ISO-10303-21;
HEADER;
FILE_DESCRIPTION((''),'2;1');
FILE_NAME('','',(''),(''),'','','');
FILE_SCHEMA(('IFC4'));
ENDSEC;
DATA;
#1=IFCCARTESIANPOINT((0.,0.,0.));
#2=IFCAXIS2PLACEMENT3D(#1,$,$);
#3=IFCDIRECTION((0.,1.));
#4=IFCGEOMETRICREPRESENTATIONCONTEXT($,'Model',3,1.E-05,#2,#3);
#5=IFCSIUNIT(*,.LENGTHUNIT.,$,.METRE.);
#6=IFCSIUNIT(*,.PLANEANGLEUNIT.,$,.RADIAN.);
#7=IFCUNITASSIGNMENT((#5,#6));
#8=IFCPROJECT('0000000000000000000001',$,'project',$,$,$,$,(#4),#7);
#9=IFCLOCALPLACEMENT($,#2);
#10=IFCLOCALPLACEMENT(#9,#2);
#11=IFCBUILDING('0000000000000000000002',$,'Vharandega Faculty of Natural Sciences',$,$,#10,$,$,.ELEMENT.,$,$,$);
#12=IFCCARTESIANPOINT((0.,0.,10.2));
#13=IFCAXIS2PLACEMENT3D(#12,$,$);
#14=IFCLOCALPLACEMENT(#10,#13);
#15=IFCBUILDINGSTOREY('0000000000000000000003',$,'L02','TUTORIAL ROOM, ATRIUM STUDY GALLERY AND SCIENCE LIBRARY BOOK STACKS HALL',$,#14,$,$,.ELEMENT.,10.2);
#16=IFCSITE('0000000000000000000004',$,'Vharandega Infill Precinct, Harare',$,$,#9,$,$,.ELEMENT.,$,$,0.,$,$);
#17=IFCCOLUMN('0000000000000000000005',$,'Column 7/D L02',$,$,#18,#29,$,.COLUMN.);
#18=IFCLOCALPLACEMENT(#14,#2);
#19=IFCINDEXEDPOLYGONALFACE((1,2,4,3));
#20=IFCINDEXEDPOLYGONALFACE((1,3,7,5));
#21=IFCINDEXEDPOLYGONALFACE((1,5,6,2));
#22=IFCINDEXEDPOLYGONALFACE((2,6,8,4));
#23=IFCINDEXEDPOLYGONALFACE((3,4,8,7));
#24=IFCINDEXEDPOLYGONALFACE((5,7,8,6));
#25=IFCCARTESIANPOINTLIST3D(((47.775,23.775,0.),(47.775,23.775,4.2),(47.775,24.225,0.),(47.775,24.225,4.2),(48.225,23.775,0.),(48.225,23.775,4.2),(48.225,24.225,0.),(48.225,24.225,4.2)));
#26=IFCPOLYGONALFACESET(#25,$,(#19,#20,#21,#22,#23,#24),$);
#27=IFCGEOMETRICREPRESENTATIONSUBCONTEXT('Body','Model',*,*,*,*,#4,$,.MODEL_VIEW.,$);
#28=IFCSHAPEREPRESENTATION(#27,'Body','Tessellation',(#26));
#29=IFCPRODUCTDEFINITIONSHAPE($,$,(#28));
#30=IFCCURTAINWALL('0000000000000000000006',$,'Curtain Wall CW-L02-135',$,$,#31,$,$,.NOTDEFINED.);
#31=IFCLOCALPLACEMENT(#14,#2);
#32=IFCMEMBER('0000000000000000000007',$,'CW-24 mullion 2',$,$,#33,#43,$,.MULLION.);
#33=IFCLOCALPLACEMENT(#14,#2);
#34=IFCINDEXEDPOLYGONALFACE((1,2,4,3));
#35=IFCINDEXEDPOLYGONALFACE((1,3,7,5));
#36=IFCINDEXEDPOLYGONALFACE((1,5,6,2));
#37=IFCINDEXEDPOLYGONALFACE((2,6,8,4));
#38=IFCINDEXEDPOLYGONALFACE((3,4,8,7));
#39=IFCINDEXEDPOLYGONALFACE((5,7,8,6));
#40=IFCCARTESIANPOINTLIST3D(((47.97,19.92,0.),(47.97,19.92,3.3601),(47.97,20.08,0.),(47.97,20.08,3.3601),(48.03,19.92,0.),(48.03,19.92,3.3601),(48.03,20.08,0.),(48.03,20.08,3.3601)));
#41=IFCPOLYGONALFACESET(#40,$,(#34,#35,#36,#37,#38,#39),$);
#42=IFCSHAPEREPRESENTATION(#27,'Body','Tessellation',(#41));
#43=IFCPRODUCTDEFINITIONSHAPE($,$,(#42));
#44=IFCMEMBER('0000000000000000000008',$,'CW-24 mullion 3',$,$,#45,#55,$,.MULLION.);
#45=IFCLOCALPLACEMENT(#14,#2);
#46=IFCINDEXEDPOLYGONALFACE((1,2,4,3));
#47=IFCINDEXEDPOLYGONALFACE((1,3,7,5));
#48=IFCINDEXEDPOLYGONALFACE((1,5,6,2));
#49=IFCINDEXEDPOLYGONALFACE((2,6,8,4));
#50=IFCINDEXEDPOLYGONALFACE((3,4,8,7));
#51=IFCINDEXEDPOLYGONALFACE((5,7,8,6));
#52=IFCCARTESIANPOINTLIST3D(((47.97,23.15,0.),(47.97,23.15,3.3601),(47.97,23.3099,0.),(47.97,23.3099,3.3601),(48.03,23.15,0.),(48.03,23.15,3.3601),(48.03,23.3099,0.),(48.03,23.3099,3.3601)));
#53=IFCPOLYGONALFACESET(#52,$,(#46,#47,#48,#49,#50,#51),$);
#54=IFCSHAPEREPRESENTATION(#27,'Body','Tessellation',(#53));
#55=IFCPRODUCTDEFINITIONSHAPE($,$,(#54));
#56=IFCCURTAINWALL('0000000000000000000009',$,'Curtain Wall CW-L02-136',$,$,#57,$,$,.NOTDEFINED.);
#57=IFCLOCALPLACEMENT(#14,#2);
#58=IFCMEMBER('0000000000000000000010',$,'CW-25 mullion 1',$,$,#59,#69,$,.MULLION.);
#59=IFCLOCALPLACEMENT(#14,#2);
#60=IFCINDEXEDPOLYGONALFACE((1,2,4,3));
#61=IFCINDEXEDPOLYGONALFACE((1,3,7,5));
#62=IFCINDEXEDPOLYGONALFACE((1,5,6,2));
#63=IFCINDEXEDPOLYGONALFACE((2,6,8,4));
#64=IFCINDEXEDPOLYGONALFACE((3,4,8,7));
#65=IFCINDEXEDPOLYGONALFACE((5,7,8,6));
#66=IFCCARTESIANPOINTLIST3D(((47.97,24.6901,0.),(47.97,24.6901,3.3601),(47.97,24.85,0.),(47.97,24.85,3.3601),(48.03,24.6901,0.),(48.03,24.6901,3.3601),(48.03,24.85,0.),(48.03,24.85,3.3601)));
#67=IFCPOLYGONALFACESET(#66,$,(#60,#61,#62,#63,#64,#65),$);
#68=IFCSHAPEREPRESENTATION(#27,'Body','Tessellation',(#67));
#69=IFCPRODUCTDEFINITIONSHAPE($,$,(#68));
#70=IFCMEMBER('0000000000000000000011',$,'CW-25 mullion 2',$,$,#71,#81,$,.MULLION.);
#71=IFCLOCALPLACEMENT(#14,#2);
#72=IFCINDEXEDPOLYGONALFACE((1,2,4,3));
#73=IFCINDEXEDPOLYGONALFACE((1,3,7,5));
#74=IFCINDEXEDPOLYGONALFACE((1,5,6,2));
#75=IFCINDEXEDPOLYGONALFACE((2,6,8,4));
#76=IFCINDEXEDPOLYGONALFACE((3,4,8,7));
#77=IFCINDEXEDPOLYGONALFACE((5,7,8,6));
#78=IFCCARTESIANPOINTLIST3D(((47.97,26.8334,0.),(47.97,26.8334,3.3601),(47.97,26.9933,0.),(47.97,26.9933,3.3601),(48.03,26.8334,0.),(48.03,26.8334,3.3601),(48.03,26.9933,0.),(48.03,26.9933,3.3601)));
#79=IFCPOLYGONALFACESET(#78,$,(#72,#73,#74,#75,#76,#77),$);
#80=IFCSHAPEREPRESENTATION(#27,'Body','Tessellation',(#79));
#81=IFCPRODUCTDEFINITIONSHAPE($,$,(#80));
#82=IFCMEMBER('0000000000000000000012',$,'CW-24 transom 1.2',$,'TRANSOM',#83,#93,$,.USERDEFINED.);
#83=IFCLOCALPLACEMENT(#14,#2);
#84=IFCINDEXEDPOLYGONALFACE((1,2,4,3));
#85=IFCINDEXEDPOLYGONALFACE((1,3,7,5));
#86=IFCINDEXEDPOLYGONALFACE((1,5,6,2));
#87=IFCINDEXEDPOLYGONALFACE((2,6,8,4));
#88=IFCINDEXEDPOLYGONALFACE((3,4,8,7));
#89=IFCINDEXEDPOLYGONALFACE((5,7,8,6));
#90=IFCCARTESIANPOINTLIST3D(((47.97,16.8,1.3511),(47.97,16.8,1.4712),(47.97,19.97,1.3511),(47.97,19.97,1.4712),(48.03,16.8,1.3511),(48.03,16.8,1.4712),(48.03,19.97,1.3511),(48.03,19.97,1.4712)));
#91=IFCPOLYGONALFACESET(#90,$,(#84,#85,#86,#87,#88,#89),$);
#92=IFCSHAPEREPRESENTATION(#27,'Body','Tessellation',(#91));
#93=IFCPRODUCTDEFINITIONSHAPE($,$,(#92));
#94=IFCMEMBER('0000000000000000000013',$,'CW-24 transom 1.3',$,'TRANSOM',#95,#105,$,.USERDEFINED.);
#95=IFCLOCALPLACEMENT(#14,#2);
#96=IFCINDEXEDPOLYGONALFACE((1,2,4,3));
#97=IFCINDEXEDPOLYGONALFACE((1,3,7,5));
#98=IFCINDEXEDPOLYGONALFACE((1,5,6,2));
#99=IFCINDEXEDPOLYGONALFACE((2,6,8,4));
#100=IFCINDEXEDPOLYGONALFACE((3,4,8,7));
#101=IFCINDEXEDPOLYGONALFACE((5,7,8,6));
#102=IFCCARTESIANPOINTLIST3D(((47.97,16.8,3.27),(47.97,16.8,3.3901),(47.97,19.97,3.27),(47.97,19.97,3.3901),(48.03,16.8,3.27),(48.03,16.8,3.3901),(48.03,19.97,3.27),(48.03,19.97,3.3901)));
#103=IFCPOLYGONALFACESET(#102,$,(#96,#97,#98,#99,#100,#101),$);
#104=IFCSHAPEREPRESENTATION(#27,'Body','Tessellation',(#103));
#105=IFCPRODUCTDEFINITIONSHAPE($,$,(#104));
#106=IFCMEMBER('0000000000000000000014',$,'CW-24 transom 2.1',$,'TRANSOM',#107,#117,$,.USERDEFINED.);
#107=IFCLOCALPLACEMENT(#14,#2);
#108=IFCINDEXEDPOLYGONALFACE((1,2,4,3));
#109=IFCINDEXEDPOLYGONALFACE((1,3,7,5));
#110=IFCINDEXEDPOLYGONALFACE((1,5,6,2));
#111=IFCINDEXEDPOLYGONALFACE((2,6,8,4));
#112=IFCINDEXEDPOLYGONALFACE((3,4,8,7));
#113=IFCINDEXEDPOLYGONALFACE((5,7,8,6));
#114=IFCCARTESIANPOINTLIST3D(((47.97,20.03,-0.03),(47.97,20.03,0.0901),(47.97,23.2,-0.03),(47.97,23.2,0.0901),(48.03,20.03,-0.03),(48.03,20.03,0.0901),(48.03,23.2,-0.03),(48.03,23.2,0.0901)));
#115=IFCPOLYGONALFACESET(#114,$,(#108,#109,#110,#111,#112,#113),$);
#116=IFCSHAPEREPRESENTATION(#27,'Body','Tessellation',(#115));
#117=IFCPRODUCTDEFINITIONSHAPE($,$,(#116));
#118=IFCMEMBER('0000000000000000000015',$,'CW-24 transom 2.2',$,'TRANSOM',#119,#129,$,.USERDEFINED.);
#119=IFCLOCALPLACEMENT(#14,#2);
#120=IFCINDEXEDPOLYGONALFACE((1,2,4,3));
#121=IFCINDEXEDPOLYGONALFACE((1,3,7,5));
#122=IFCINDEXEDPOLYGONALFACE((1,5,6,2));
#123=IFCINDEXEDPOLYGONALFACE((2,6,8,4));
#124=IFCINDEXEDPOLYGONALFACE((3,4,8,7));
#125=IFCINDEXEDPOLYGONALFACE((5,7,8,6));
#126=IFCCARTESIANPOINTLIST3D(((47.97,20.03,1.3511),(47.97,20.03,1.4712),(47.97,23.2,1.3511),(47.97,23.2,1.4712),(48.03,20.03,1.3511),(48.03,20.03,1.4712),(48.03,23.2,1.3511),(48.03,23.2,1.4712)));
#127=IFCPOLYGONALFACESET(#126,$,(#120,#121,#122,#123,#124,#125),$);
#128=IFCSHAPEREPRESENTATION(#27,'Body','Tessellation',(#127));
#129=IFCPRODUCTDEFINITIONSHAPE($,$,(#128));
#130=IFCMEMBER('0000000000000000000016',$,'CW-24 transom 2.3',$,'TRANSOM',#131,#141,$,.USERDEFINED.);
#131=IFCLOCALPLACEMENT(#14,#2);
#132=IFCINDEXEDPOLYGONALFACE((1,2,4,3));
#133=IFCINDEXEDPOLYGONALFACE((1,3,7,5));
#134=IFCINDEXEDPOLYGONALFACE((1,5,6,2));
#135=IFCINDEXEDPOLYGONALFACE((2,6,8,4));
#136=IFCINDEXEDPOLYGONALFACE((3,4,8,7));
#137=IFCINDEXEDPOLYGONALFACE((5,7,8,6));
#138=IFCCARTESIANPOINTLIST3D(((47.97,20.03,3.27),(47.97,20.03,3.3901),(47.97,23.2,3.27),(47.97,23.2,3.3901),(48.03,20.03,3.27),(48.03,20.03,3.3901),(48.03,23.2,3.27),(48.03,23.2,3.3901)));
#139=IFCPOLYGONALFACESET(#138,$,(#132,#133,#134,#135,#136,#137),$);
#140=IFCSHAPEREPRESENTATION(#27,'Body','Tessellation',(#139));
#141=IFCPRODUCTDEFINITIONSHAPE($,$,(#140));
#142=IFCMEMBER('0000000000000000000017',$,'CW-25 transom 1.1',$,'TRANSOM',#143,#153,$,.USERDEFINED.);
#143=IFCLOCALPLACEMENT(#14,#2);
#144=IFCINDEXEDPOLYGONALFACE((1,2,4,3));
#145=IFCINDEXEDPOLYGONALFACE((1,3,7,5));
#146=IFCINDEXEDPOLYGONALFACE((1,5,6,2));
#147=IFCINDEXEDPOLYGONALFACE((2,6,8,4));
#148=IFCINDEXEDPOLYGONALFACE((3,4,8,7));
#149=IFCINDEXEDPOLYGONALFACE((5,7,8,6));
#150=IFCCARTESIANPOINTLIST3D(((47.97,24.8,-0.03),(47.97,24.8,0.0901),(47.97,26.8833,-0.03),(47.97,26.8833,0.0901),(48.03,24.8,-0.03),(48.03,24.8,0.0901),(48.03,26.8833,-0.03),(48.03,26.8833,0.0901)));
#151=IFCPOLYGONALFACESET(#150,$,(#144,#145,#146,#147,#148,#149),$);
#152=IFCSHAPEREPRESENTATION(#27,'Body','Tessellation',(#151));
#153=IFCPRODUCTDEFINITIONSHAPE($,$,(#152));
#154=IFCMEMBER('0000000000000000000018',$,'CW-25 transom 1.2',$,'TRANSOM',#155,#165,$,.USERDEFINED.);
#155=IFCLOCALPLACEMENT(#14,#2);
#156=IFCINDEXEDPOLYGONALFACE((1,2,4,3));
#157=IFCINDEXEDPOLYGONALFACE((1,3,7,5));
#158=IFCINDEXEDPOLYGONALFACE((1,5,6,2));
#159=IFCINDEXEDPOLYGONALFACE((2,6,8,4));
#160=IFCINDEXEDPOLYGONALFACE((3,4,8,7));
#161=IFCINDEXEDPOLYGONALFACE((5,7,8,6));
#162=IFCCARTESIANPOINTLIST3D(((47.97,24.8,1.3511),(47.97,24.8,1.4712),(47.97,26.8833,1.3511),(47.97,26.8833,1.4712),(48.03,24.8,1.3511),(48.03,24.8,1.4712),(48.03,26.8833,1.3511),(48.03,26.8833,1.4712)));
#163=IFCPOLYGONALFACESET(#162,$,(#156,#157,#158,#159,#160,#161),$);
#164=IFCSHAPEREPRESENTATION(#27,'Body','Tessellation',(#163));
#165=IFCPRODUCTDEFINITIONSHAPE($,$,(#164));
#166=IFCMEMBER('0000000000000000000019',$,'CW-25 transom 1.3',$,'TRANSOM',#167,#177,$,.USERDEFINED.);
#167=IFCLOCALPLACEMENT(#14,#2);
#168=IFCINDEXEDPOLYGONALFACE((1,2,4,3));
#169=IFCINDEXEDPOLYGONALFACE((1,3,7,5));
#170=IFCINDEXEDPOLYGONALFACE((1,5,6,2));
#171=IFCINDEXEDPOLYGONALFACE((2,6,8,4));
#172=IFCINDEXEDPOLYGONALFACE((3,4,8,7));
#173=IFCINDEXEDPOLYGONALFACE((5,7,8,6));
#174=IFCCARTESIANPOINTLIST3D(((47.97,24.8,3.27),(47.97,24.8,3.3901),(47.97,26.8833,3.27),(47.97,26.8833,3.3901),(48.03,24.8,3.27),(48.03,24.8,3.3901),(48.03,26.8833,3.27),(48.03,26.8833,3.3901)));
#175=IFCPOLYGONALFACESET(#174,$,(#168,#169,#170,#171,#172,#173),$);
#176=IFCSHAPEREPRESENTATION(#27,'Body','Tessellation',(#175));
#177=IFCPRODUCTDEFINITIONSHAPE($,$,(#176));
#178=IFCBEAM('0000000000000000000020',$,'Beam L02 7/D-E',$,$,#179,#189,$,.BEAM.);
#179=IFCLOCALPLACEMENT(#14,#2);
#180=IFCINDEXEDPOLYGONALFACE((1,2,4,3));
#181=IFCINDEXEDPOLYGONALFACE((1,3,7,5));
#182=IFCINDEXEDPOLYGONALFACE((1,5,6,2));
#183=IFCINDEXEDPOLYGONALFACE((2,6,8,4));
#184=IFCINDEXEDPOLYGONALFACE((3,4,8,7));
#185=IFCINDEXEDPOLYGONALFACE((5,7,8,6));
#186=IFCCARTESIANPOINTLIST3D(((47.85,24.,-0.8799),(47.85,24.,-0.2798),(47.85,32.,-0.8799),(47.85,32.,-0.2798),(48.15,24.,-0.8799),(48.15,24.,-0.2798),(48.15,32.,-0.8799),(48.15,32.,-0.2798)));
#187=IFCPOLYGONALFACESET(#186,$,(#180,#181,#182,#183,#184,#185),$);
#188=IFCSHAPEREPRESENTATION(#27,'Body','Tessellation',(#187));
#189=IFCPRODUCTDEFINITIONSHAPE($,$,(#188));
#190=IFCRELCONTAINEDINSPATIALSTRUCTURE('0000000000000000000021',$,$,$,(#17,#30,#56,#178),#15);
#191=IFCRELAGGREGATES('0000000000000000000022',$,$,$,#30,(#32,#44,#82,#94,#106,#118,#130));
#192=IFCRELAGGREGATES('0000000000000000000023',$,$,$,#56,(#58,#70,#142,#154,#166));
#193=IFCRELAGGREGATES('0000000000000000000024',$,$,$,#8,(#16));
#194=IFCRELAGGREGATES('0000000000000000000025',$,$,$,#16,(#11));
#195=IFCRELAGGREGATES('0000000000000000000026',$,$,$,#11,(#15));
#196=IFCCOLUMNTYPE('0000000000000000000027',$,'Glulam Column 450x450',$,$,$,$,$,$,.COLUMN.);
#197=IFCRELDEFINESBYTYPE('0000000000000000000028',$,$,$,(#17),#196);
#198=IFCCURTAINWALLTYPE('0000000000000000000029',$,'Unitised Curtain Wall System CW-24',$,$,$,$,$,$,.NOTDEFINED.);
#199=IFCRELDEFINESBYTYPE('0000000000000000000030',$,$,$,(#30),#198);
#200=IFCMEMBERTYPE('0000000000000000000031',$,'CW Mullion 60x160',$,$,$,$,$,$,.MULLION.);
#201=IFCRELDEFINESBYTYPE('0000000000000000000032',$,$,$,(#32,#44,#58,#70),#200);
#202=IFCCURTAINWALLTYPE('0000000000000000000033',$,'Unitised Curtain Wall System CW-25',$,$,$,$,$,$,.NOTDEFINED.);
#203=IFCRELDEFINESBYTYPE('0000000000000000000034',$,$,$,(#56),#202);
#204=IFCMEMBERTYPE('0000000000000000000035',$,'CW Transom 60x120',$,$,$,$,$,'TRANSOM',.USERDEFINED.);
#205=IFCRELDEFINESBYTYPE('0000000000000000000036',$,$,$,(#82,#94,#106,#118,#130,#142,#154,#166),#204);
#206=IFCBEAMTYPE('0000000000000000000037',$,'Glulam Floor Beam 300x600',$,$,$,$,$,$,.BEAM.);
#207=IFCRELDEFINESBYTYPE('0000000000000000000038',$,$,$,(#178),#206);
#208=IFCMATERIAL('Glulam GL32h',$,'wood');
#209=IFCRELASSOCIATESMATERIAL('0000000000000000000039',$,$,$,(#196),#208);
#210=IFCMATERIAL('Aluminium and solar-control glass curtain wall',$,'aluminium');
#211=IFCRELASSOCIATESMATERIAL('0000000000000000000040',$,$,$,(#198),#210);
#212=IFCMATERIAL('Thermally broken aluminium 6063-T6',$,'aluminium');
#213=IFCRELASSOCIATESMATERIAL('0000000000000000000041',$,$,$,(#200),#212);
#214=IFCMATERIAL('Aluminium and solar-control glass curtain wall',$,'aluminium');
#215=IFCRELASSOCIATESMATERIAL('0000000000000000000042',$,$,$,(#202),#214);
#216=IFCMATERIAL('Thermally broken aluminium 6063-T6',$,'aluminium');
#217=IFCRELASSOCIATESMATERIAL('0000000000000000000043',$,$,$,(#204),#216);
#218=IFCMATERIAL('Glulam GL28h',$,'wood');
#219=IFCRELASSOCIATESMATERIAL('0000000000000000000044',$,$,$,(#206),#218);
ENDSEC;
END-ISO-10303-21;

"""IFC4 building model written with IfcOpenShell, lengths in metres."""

from ifc_helpers import new_model, si_unit, direction, frame, origin, origin_2d, place, context, subcontext, project, spatial, rectangle, extrude, material, material_profile, profile_set, type_object, element, aggregate, save


model = new_model("IFC4")

# Units and contexts
model_context = context("Model", 3, precision=1e-05, world=origin(), true_north=direction((0.0, 1.0)))
body_context = subcontext(model_context, "Body", "Model", "MODEL_VIEW")
ifc_project = project(units=[si_unit("LENGTHUNIT", "METRE"), si_unit("PLANEANGLEUNIT", "RADIAN")], contexts=[model_context])

# Site, building, storey
site_placement = place(None, origin())
site = spatial("IfcSite", under=ifc_project, at=site_placement, Name="Vharandega Infill Precinct, Harare", CompositionType="ELEMENT", RefElevation=0.0)
building_placement = place(site_placement, origin())
building = spatial("IfcBuilding", under=site, at=building_placement, Name="Vharandega Faculty of Natural Sciences", CompositionType="ELEMENT")
storey_placement = place(building_placement, frame((0.0, 0.0, 10.2)))
storey = spatial("IfcBuildingStorey", under=building, at=storey_placement, Name="L02", Description="TUTORIAL ROOM, ATRIUM STUDY GALLERY AND SCIENCE LIBRARY BOOK STACKS HALL", CompositionType="ELEMENT", Elevation=10.2)

# Column
ifc_material_1 = material(Name="Glulam GL32h", Category="wood")
ifc_material_profile_1 = material_profile(ifc_material_1, rectangle(XDim=0.45, YDim=0.45, at=origin_2d()), Name="GL32h 450x450")
ifc_profile_set_1 = profile_set([ifc_material_profile_1], Name="Glulam GL32h")
column_type = type_object("IfcColumnType", Name="Glulam Column 450x450", PredefinedType="COLUMN", material=ifc_profile_set_1)
column_placement = place(storey_placement, frame((48.0, 24.0, 0.0), z_axis=(0.0, 0.0, 1.0), x_axis=(1.0, 0.0, 0.0)))
element("IfcColumn", 1, at=column_placement, inside=storey, type_object=column_type, Name="Column 7/D L02", PredefinedType="COLUMN", context=body_context, shape_type="SweptSolid", body=[
    extrude(rectangle(XDim=0.45, YDim=0.45, at=origin_2d()), origin(), (0.0, 0.0, 1.0), 4.2),
])

# Curtain walls, members
ifc_material_2 = material(Name="Aluminium and solar-control glass curtain wall", Category="aluminium")
curtain_wall_type_1 = type_object("IfcCurtainWallType", Name="Unitised Curtain Wall System CW-24", PredefinedType="NOTDEFINED", material=ifc_material_2)
curtain_wall_1_placement = place(storey_placement, origin())
curtain_wall_1 = element("IfcCurtainWall", 2, at=curtain_wall_1_placement, inside=storey, type_object=curtain_wall_type_1, Name="Curtain Wall CW-L02-135", PredefinedType="NOTDEFINED")
ifc_material_3 = material(Name="Thermally broken aluminium 6063-T6", Category="aluminium")
ifc_material_profile_2 = material_profile(ifc_material_3, rectangle(XDim=0.0601, YDim=0.1599, at=origin_2d()), Name="ALU 60x160")
ifc_profile_set_2 = profile_set([ifc_material_profile_2], Name="Thermally broken aluminium 6063-T6")
member_type_1 = type_object("IfcMemberType", Name="CW Mullion 60x160", PredefinedType="MULLION", material=ifc_profile_set_2)
member_1_placement = place(storey_placement, frame((48.0, 20.0, 0.0), z_axis=(0.0, 0.0, 1.0), x_axis=(-1.0, 0.0, 0.0)))
member_1 = element("IfcMember", 3, at=member_1_placement, type_object=member_type_1, Name="CW-24 mullion 2", PredefinedType="MULLION", context=body_context, shape_type="SweptSolid", body=[
    extrude(rectangle(XDim=0.0601, YDim=0.1599, at=origin_2d()), origin(), (0.0, 0.0, 1.0), 3.3601),
])
member_2_placement = place(storey_placement, frame((48.0, 23.23, 0.0), z_axis=(0.0, 0.0, 1.0), x_axis=(-1.0, 0.0, 0.0)))
member_2 = element("IfcMember", 4, at=member_2_placement, type_object=member_type_1, Name="CW-24 mullion 3", PredefinedType="MULLION", context=body_context, shape_type="SweptSolid", body=[
    extrude(rectangle(XDim=0.0601, YDim=0.1599, at=origin_2d()), origin(), (0.0, 0.0, 1.0), 3.3601),
])
ifc_material_4 = material(Name="Aluminium and solar-control glass curtain wall", Category="aluminium")
curtain_wall_type_2 = type_object("IfcCurtainWallType", Name="Unitised Curtain Wall System CW-25", PredefinedType="NOTDEFINED", material=ifc_material_4)
curtain_wall_2_placement = place(storey_placement, origin())
curtain_wall_2 = element("IfcCurtainWall", 5, at=curtain_wall_2_placement, inside=storey, type_object=curtain_wall_type_2, Name="Curtain Wall CW-L02-136", PredefinedType="NOTDEFINED")
member_3_placement = place(storey_placement, frame((48.0, 24.77, 0.0), z_axis=(0.0, 0.0, 1.0), x_axis=(-1.0, 0.0, 0.0)))
member_3 = element("IfcMember", 6, at=member_3_placement, type_object=member_type_1, Name="CW-25 mullion 1", PredefinedType="MULLION", context=body_context, shape_type="SweptSolid", body=[
    extrude(rectangle(XDim=0.0601, YDim=0.1599, at=origin_2d()), origin(), (0.0, 0.0, 1.0), 3.3601),
])
member_4_placement = place(storey_placement, frame((48.0, 26.9133, 0.0), z_axis=(0.0, 0.0, 1.0), x_axis=(-1.0, 0.0, 0.0)))
member_4 = element("IfcMember", 7, at=member_4_placement, type_object=member_type_1, Name="CW-25 mullion 2", PredefinedType="MULLION", context=body_context, shape_type="SweptSolid", body=[
    extrude(rectangle(XDim=0.0601, YDim=0.1599, at=origin_2d()), origin(), (0.0, 0.0, 1.0), 3.3601),
])

# Members
ifc_material_5 = material(Name="Thermally broken aluminium 6063-T6", Category="aluminium")
ifc_material_profile_3 = material_profile(ifc_material_5, rectangle(XDim=0.0601, YDim=0.1201, at=origin_2d()), Name="ALU 60x120")
ifc_profile_set_3 = profile_set([ifc_material_profile_3], Name="Thermally broken aluminium 6063-T6")
member_type_2 = type_object("IfcMemberType", Name="CW Transom 60x120", ElementType="TRANSOM", PredefinedType="USERDEFINED", material=ifc_profile_set_3)
member_5_placement = place(storey_placement, frame((48.0, 16.8, 1.4111), z_axis=(0.0, 1.0, 0.0), x_axis=(-1.0, 0.0, 0.0)))
member_5 = element("IfcMember", 8, at=member_5_placement, type_object=member_type_2, Name="CW-24 transom 1.2", ObjectType="TRANSOM", PredefinedType="USERDEFINED", context=body_context, shape_type="SweptSolid", body=[
    extrude(rectangle(XDim=0.0601, YDim=0.1201, at=origin_2d()), origin(), (0.0, 0.0, 1.0), 3.1699),
])
member_6_placement = place(storey_placement, frame((48.0, 16.8, 3.3301), z_axis=(0.0, 1.0, 0.0), x_axis=(-1.0, 0.0, 0.0)))
member_6 = element("IfcMember", 9, at=member_6_placement, type_object=member_type_2, Name="CW-24 transom 1.3", ObjectType="TRANSOM", PredefinedType="USERDEFINED", context=body_context, shape_type="SweptSolid", body=[
    extrude(rectangle(XDim=0.0601, YDim=0.1201, at=origin_2d()), origin(), (0.0, 0.0, 1.0), 3.1699),
])
member_7_placement = place(storey_placement, frame((48.0, 20.03, 0.03), z_axis=(0.0, 1.0, 0.0), x_axis=(-1.0, 0.0, 0.0)))
member_7 = element("IfcMember", 10, at=member_7_placement, type_object=member_type_2, Name="CW-24 transom 2.1", ObjectType="TRANSOM", PredefinedType="USERDEFINED", context=body_context, shape_type="SweptSolid", body=[
    extrude(rectangle(XDim=0.0601, YDim=0.1201, at=origin_2d()), origin(), (0.0, 0.0, 1.0), 3.1699),
])
member_8_placement = place(storey_placement, frame((48.0, 20.03, 1.4111), z_axis=(0.0, 1.0, 0.0), x_axis=(-1.0, 0.0, 0.0)))
member_8 = element("IfcMember", 11, at=member_8_placement, type_object=member_type_2, Name="CW-24 transom 2.2", ObjectType="TRANSOM", PredefinedType="USERDEFINED", context=body_context, shape_type="SweptSolid", body=[
    extrude(rectangle(XDim=0.0601, YDim=0.1201, at=origin_2d()), origin(), (0.0, 0.0, 1.0), 3.1699),
])
member_9_placement = place(storey_placement, frame((48.0, 20.03, 3.3301), z_axis=(0.0, 1.0, 0.0), x_axis=(-1.0, 0.0, 0.0)))
member_9 = element("IfcMember", 12, at=member_9_placement, type_object=member_type_2, Name="CW-24 transom 2.3", ObjectType="TRANSOM", PredefinedType="USERDEFINED", context=body_context, shape_type="SweptSolid", body=[
    extrude(rectangle(XDim=0.0601, YDim=0.1201, at=origin_2d()), origin(), (0.0, 0.0, 1.0), 3.1699),
])
member_10_placement = place(storey_placement, frame((48.0, 24.8, 0.03), z_axis=(0.0, 1.0, 0.0), x_axis=(-1.0, 0.0, 0.0)))
member_10 = element("IfcMember", 13, at=member_10_placement, type_object=member_type_2, Name="CW-25 transom 1.1", ObjectType="TRANSOM", PredefinedType="USERDEFINED", context=body_context, shape_type="SweptSolid", body=[
    extrude(rectangle(XDim=0.0601, YDim=0.1201, at=origin_2d()), origin(), (0.0, 0.0, 1.0), 2.0833),
])
member_11_placement = place(storey_placement, frame((48.0, 24.8, 1.4111), z_axis=(0.0, 1.0, 0.0), x_axis=(-1.0, 0.0, 0.0)))
member_11 = element("IfcMember", 14, at=member_11_placement, type_object=member_type_2, Name="CW-25 transom 1.2", ObjectType="TRANSOM", PredefinedType="USERDEFINED", context=body_context, shape_type="SweptSolid", body=[
    extrude(rectangle(XDim=0.0601, YDim=0.1201, at=origin_2d()), origin(), (0.0, 0.0, 1.0), 2.0833),
])
member_12_placement = place(storey_placement, frame((48.0, 24.8, 3.3301), z_axis=(0.0, 1.0, 0.0), x_axis=(-1.0, 0.0, 0.0)))
member_12 = element("IfcMember", 15, at=member_12_placement, type_object=member_type_2, Name="CW-25 transom 1.3", ObjectType="TRANSOM", PredefinedType="USERDEFINED", context=body_context, shape_type="SweptSolid", body=[
    extrude(rectangle(XDim=0.0601, YDim=0.1201, at=origin_2d()), origin(), (0.0, 0.0, 1.0), 2.0833),
])

# Beam
ifc_material_6 = material(Name="Glulam GL28h", Category="wood")
ifc_material_profile_4 = material_profile(ifc_material_6, rectangle(XDim=0.3, YDim=0.6001, at=origin_2d()), Name="GL28h 300x600")
ifc_profile_set_4 = profile_set([ifc_material_profile_4], Name="Glulam GL28h")
beam_type_1 = type_object("IfcBeamType", Name="Glulam Floor Beam 300x600", PredefinedType="BEAM", material=ifc_profile_set_4)
beam_1_placement = place(storey_placement, frame((48.0, 24.0, -0.5798), z_axis=(0.0, 1.0, 0.0), x_axis=(-1.0, 0.0, 0.0)))
element("IfcBeam", 16, at=beam_1_placement, inside=storey, type_object=beam_type_1, Name="Beam L02 7/D-E", PredefinedType="BEAM", context=body_context, shape_type="SweptSolid", body=[
    extrude(rectangle(XDim=0.3, YDim=0.6001, at=origin_2d()), origin(), (0.0, 0.0, 1.0), 8.0),
])

aggregate(curtain_wall_1, [member_1, member_2, member_5, member_6, member_7, member_8, member_9])
aggregate(curtain_wall_2, [member_3, member_4, member_10, member_11, member_12])

save(model, "model.ifc")
